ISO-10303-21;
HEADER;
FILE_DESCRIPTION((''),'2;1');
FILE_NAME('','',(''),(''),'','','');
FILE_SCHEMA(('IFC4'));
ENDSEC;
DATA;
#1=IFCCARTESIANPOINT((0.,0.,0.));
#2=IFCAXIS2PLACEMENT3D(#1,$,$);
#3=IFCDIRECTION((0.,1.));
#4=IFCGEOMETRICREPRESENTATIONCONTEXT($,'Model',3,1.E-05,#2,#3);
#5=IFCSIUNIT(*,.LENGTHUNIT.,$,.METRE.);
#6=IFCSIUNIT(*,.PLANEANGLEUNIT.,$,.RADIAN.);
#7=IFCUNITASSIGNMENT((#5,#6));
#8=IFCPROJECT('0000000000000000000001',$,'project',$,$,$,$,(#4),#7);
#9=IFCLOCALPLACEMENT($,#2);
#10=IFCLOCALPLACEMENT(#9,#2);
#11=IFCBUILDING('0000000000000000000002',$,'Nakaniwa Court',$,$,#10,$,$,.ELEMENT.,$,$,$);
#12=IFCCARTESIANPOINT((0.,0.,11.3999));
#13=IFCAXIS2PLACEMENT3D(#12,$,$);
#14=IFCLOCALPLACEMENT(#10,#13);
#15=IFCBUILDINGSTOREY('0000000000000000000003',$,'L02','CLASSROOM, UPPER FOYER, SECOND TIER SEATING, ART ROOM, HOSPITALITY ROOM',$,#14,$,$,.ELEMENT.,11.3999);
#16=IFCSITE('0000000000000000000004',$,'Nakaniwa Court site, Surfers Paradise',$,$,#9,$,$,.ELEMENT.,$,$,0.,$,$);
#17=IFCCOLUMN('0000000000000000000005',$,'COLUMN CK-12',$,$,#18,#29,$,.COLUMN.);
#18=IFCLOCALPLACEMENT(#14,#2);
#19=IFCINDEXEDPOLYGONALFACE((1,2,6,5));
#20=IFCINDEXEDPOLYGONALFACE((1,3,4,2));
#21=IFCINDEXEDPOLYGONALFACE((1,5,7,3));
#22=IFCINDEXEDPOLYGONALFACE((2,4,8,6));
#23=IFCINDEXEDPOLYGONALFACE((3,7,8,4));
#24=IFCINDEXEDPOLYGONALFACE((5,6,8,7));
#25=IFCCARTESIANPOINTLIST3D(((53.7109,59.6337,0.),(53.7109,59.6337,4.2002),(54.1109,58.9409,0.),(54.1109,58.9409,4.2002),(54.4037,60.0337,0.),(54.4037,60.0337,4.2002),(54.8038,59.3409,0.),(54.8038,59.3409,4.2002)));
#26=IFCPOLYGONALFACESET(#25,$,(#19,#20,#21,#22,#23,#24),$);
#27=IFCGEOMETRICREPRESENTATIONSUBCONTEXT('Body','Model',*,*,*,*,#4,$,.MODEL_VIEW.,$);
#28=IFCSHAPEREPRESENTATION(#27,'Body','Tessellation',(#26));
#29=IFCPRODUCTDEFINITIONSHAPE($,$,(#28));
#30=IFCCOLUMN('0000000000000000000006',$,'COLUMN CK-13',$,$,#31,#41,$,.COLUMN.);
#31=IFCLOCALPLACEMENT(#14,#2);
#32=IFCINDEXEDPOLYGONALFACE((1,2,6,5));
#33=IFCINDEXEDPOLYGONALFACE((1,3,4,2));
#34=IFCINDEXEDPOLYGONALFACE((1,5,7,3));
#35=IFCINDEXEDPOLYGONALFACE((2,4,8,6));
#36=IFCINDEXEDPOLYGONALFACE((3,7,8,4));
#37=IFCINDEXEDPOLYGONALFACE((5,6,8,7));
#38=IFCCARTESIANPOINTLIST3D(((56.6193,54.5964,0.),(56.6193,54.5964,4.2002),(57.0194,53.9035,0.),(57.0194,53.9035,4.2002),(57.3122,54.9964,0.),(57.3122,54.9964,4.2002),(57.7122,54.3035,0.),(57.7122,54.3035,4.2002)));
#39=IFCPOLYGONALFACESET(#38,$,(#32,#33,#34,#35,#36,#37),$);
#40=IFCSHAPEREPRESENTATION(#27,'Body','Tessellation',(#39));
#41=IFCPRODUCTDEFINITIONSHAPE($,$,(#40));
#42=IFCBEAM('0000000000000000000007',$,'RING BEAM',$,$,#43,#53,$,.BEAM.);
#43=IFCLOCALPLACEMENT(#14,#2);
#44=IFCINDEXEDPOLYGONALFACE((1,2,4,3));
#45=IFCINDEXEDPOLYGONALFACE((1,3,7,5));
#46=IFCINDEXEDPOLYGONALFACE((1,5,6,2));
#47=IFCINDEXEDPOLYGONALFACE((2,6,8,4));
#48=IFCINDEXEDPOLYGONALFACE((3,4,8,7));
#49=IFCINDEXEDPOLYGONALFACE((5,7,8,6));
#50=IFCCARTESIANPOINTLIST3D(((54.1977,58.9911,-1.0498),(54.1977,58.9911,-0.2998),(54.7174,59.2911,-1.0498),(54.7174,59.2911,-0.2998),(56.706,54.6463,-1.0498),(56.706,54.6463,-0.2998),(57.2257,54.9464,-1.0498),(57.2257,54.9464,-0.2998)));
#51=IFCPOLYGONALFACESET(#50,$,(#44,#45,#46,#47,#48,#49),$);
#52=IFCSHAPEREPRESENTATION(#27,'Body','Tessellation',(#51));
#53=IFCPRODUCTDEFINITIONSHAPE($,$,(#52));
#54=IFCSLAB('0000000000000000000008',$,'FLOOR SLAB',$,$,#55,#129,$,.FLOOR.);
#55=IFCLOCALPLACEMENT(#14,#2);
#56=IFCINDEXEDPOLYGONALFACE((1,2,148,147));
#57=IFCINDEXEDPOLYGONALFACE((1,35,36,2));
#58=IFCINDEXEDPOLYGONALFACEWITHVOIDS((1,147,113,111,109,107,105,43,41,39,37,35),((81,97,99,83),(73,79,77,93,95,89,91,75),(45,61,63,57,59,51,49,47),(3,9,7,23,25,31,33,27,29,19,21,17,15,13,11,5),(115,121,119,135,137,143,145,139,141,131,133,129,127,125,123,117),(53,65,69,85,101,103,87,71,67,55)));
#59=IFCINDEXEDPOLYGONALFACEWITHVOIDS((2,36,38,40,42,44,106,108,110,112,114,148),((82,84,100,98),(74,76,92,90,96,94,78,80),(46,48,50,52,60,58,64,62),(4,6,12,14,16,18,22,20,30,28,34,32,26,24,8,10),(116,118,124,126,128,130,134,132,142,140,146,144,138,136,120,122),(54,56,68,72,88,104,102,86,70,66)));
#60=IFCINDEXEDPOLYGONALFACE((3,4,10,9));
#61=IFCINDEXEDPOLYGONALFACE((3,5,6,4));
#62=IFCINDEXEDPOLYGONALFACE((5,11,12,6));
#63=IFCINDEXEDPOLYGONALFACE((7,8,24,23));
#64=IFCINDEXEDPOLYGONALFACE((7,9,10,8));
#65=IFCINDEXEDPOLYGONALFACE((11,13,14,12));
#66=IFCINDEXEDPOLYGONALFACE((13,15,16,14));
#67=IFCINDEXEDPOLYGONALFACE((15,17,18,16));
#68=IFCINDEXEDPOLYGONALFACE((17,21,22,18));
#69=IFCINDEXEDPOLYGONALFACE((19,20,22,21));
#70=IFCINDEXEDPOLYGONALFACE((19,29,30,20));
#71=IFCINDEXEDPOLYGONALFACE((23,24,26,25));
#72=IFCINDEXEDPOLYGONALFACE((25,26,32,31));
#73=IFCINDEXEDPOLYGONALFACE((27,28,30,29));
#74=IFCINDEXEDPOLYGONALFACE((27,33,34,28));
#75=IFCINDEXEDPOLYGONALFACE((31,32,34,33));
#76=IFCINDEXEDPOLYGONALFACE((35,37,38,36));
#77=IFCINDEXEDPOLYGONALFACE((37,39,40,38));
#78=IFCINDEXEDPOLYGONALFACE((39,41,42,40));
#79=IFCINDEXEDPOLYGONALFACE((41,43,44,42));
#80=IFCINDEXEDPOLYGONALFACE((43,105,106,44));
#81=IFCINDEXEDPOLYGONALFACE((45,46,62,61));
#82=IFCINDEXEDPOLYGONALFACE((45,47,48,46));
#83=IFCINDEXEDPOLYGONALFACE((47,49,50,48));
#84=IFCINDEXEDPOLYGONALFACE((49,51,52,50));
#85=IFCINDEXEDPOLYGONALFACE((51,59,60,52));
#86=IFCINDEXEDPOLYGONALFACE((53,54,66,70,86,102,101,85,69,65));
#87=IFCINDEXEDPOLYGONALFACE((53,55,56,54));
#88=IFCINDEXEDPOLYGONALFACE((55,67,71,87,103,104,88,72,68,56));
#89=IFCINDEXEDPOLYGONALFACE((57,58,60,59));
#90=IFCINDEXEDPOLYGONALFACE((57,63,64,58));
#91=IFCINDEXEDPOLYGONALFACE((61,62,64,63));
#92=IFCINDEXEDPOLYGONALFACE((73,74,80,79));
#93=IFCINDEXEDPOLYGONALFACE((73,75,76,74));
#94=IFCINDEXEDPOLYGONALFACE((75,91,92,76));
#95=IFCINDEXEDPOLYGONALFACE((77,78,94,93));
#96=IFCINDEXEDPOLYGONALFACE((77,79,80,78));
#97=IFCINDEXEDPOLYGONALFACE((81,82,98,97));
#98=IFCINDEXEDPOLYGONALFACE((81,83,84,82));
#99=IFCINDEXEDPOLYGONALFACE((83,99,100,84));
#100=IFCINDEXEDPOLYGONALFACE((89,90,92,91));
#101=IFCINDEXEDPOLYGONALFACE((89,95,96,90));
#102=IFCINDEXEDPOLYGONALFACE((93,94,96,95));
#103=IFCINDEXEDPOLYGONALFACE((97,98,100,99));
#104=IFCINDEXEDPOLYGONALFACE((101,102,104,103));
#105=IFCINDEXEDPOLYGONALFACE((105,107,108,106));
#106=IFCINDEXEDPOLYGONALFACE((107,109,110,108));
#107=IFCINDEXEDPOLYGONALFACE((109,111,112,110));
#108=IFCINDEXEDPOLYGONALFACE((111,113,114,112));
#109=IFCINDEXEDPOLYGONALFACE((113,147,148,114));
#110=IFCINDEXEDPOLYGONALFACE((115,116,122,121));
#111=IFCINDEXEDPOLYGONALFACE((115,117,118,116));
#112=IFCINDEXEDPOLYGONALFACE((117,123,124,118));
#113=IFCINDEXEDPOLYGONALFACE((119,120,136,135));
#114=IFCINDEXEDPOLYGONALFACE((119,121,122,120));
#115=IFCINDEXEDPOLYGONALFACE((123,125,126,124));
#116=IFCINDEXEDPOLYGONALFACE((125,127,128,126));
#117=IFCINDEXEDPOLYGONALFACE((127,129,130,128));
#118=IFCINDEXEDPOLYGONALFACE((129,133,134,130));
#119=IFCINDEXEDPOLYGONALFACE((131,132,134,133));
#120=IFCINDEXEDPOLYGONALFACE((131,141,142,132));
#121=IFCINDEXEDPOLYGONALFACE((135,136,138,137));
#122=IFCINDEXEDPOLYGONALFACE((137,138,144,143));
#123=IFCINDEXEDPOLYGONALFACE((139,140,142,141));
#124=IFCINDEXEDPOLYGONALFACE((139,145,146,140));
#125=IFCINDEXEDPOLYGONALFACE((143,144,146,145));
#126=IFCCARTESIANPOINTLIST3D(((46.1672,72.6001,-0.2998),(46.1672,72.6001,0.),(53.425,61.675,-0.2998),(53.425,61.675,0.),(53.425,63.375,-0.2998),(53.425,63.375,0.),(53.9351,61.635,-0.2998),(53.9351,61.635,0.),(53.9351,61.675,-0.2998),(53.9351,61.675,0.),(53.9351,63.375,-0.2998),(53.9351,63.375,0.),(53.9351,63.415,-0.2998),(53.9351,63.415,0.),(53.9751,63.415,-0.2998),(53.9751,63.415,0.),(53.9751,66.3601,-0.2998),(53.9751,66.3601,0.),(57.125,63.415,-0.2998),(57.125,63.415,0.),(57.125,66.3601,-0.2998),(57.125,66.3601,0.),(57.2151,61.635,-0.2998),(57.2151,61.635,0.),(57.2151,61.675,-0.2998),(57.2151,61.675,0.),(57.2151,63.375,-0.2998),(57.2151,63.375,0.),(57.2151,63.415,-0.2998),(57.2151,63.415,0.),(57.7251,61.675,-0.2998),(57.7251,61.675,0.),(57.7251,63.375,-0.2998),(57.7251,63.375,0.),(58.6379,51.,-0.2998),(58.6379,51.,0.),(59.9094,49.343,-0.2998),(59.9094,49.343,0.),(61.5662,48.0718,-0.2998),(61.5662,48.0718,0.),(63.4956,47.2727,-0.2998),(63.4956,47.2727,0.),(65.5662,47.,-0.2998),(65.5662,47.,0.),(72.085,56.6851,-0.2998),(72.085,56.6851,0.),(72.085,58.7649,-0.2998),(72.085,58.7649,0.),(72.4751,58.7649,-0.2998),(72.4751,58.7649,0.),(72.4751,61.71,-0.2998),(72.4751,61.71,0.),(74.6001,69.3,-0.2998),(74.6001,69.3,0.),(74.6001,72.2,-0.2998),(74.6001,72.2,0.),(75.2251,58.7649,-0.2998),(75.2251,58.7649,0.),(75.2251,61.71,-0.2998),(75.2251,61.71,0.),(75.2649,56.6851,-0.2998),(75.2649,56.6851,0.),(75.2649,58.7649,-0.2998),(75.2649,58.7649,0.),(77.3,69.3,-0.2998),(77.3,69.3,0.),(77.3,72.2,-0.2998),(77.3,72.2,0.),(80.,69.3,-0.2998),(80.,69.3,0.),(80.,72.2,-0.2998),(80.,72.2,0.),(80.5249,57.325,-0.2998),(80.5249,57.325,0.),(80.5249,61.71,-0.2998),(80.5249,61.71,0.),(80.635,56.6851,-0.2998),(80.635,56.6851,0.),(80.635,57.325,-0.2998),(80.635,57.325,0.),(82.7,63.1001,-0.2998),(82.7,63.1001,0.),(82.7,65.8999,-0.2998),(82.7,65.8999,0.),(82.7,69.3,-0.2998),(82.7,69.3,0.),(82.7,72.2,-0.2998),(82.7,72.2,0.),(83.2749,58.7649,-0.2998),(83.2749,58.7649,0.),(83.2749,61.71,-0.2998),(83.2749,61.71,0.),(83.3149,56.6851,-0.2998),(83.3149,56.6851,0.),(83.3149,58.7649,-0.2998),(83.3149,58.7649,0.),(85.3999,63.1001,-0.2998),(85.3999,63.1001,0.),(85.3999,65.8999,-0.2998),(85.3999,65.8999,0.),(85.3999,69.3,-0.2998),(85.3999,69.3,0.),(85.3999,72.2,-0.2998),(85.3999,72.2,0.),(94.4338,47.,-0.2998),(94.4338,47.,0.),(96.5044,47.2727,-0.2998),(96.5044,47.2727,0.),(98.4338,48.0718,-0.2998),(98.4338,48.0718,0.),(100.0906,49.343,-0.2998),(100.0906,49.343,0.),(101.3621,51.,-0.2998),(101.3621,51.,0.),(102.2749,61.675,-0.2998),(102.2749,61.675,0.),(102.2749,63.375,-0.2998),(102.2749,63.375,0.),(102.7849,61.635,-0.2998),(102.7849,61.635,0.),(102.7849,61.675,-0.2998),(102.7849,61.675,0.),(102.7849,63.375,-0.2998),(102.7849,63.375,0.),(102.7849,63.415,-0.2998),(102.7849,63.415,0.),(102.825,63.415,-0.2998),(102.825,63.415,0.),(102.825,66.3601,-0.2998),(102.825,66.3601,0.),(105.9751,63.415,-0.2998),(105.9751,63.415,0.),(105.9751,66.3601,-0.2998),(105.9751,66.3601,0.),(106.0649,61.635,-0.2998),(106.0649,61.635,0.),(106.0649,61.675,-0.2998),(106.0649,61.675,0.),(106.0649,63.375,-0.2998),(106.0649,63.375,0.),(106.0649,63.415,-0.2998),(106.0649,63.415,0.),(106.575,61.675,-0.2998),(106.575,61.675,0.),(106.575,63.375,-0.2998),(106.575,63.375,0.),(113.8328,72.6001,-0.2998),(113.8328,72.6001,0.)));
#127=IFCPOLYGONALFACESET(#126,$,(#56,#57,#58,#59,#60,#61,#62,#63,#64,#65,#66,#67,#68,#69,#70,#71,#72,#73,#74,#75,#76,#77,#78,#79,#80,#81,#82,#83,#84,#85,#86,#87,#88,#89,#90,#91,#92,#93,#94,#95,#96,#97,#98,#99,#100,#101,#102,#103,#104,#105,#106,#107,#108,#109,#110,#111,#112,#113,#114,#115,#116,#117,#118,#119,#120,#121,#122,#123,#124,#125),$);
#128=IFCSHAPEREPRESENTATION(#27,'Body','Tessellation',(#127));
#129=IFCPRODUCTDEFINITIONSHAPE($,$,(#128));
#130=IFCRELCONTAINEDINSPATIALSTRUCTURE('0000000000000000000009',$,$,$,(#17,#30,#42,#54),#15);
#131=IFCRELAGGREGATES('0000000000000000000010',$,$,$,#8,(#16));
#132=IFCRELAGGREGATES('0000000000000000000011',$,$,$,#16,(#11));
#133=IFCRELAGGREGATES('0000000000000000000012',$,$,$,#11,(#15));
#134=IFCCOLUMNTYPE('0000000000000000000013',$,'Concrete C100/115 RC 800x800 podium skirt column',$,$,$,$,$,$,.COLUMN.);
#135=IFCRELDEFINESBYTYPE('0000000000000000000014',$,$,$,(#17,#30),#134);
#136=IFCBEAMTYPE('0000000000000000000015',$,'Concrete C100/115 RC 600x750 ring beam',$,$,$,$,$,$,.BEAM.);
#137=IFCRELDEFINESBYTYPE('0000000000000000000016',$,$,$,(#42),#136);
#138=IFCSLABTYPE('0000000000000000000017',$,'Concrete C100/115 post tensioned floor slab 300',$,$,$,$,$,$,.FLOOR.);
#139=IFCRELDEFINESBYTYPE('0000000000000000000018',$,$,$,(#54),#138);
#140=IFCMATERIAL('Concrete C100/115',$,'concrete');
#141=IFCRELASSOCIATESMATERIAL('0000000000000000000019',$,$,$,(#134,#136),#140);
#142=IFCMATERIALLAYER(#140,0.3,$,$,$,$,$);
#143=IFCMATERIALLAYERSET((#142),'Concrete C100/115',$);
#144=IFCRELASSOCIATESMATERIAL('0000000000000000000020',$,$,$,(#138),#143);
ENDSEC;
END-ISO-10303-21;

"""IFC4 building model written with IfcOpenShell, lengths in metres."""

from ifc_helpers import new_model, si_unit, direction, frame, origin, origin_2d, place, context, subcontext, project, spatial, polyline, rectangle, outline, extrude, material, layer, layer_set, material_profile, profile_set, type_object, element, save


model = new_model("IFC4")

# Units and contexts
model_context = context("Model", 3, precision=1e-05, world=origin(), true_north=direction((0.0, 1.0)))
body_context = subcontext(model_context, "Body", "Model", "MODEL_VIEW")
ifc_project = project(units=[si_unit("LENGTHUNIT", "METRE"), si_unit("PLANEANGLEUNIT", "RADIAN")], contexts=[model_context])

# Site, building, storey
site_placement = place(None, origin())
site = spatial("IfcSite", under=ifc_project, at=site_placement, Name="Nakaniwa Court site, Surfers Paradise", CompositionType="ELEMENT", RefElevation=0.0)
building_placement = place(site_placement, origin())
building = spatial("IfcBuilding", under=site, at=building_placement, Name="Nakaniwa Court", CompositionType="ELEMENT")
storey_placement = place(building_placement, frame((0.0, 0.0, 11.3999)))
storey = spatial("IfcBuildingStorey", under=building, at=storey_placement, Name="L02", Description="CLASSROOM, UPPER FOYER, SECOND TIER SEATING, ART ROOM, HOSPITALITY ROOM", CompositionType="ELEMENT", Elevation=11.3999)

# Columns
ifc_material_1 = material(Name="Concrete C100/115", Category="concrete")
ifc_material_profile_1 = material_profile(ifc_material_1, rectangle(XDim=0.8, YDim=0.8, at=origin_2d()), Name="Concrete C100/115 RC 800x800 podium skirt column")
ifc_profile_set_1 = profile_set([ifc_material_profile_1], Name="Concrete C100/115")
column_type = type_object("IfcColumnType", Name="Concrete C100/115 RC 800x800 podium skirt column", PredefinedType="COLUMN", material=ifc_profile_set_1)
for number, where, z_axis, x_axis, name in (
    (1, (54.2573, 59.4873, 0.0), (0.0, 0.0, 1.0), (0.5, -0.866025, 0.0), "COLUMN CK-12"),
    (2, (57.1658, 54.45, 0.0), (0.0, 0.0, 1.0), (0.5, -0.866025, 0.0), "COLUMN CK-13"),
):
    element("IfcColumn", number, at=place(storey_placement, frame(where, z_axis=z_axis, x_axis=x_axis)), inside=storey, type_object=column_type, Name=name, PredefinedType="COLUMN", context=body_context, shape_type="SweptSolid", body=[
        extrude(rectangle(XDim=0.8, YDim=0.8, at=origin_2d()), origin(), (0.0, 0.0, 1.0), 4.2002),
    ])

# Beam
ifc_material_profile_2 = material_profile(ifc_material_1, rectangle(XDim=0.6001, YDim=0.75, at=origin_2d()), Name="Concrete C100/115 RC 600x750 ring beam")
ifc_profile_set_2 = profile_set([ifc_material_profile_2], Name="Concrete C100/115")
beam_type = type_object("IfcBeamType", Name="Concrete C100/115 RC 600x750 ring beam", PredefinedType="BEAM", material=ifc_profile_set_2)
beam_placement = place(storey_placement, frame((54.4575, 59.1411, -0.6748), z_axis=(0.499981, -0.866036, 0.0), x_axis=(0.866036, 0.499981, 0.0)))
element("IfcBeam", 3, at=beam_placement, inside=storey, type_object=beam_type, Name="RING BEAM", PredefinedType="BEAM", context=body_context, shape_type="SweptSolid", body=[
    extrude(rectangle(XDim=0.6001, YDim=0.75, at=origin_2d()), origin(), (0.0, 0.0, 1.0), 5.0168),
])

# Slab
ifc_layer_1 = layer(ifc_material_1, 0.3)
ifc_layer_set_1 = layer_set([ifc_layer_1], Name="Concrete C100/115")
slab_type_1 = type_object("IfcSlabType", Name="Concrete C100/115 post tensioned floor slab 300", PredefinedType="FLOOR", material=ifc_layer_set_1)
slab_1_placement = place(storey_placement, frame((0.0, 0.0, -0.2998)))
element("IfcSlab", 4, at=slab_1_placement, inside=storey, type_object=slab_type_1, Name="FLOOR SLAB", PredefinedType="FLOOR", context=body_context, shape_type="SweptSolid", body=[
    extrude(outline(polyline([(101.3621, 51.0), (113.8328, 72.6001), (46.1672, 72.6001), (58.6379, 51.0), (59.9094, 49.343), (61.5662, 48.0718), (63.4956, 47.2727), (65.5662, 47.0), (94.4338, 47.0), (96.5044, 47.2727), (98.4338, 48.0718), (100.0906, 49.343), (101.3621, 51.0)]), holes=[polyline([(72.085, 58.7649), (72.085, 56.6851), (75.2649, 56.6851), (75.2649, 58.7649), (75.2251, 58.7649), (75.2251, 61.71), (72.4751, 61.71), (72.4751, 58.7649), (72.085, 58.7649)]), polyline([(53.9351, 61.675), (53.9351, 61.635), (57.2151, 61.635), (57.2151, 61.675), (57.7251, 61.675), (57.7251, 63.375), (57.2151, 63.375), (57.2151, 63.415), (57.125, 63.415), (57.125, 66.3601), (53.9751, 66.3601), (53.9751, 63.415), (53.9351, 63.415), (53.9351, 63.375), (53.425, 63.375), (53.425, 61.675), (53.9351, 61.675)]), polyline([(77.3, 69.3), (80.0, 69.3), (82.7, 69.3), (85.3999, 69.3), (85.3999, 72.2), (82.7, 72.2), (80.0, 72.2), (77.3, 72.2), (74.6001, 72.2), (74.6001, 69.3), (77.3, 69.3)]), polyline([(80.5249, 57.325), (80.635, 57.325), (80.635, 56.6851), (83.3149, 56.6851), (83.3149, 58.7649), (83.2749, 58.7649), (83.2749, 61.71), (80.5249, 61.71), (80.5249, 57.325)]), polyline([(102.7849, 61.675), (102.7849, 61.635), (106.0649, 61.635), (106.0649, 61.675), (106.575, 61.675), (106.575, 63.375), (106.0649, 63.375), (106.0649, 63.415), (105.9751, 63.415), (105.9751, 66.3601), (102.825, 66.3601), (102.825, 63.415), (102.7849, 63.415), (102.7849, 63.375), (102.2749, 63.375), (102.2749, 61.675), (102.7849, 61.675)]), polyline([(85.3999, 63.1001), (85.3999, 65.8999), (82.7, 65.8999), (82.7, 63.1001), (85.3999, 63.1001)])]), origin(), (0.0, 0.0, 1.0), 0.2998),
])

save(model, "model.ifc")
